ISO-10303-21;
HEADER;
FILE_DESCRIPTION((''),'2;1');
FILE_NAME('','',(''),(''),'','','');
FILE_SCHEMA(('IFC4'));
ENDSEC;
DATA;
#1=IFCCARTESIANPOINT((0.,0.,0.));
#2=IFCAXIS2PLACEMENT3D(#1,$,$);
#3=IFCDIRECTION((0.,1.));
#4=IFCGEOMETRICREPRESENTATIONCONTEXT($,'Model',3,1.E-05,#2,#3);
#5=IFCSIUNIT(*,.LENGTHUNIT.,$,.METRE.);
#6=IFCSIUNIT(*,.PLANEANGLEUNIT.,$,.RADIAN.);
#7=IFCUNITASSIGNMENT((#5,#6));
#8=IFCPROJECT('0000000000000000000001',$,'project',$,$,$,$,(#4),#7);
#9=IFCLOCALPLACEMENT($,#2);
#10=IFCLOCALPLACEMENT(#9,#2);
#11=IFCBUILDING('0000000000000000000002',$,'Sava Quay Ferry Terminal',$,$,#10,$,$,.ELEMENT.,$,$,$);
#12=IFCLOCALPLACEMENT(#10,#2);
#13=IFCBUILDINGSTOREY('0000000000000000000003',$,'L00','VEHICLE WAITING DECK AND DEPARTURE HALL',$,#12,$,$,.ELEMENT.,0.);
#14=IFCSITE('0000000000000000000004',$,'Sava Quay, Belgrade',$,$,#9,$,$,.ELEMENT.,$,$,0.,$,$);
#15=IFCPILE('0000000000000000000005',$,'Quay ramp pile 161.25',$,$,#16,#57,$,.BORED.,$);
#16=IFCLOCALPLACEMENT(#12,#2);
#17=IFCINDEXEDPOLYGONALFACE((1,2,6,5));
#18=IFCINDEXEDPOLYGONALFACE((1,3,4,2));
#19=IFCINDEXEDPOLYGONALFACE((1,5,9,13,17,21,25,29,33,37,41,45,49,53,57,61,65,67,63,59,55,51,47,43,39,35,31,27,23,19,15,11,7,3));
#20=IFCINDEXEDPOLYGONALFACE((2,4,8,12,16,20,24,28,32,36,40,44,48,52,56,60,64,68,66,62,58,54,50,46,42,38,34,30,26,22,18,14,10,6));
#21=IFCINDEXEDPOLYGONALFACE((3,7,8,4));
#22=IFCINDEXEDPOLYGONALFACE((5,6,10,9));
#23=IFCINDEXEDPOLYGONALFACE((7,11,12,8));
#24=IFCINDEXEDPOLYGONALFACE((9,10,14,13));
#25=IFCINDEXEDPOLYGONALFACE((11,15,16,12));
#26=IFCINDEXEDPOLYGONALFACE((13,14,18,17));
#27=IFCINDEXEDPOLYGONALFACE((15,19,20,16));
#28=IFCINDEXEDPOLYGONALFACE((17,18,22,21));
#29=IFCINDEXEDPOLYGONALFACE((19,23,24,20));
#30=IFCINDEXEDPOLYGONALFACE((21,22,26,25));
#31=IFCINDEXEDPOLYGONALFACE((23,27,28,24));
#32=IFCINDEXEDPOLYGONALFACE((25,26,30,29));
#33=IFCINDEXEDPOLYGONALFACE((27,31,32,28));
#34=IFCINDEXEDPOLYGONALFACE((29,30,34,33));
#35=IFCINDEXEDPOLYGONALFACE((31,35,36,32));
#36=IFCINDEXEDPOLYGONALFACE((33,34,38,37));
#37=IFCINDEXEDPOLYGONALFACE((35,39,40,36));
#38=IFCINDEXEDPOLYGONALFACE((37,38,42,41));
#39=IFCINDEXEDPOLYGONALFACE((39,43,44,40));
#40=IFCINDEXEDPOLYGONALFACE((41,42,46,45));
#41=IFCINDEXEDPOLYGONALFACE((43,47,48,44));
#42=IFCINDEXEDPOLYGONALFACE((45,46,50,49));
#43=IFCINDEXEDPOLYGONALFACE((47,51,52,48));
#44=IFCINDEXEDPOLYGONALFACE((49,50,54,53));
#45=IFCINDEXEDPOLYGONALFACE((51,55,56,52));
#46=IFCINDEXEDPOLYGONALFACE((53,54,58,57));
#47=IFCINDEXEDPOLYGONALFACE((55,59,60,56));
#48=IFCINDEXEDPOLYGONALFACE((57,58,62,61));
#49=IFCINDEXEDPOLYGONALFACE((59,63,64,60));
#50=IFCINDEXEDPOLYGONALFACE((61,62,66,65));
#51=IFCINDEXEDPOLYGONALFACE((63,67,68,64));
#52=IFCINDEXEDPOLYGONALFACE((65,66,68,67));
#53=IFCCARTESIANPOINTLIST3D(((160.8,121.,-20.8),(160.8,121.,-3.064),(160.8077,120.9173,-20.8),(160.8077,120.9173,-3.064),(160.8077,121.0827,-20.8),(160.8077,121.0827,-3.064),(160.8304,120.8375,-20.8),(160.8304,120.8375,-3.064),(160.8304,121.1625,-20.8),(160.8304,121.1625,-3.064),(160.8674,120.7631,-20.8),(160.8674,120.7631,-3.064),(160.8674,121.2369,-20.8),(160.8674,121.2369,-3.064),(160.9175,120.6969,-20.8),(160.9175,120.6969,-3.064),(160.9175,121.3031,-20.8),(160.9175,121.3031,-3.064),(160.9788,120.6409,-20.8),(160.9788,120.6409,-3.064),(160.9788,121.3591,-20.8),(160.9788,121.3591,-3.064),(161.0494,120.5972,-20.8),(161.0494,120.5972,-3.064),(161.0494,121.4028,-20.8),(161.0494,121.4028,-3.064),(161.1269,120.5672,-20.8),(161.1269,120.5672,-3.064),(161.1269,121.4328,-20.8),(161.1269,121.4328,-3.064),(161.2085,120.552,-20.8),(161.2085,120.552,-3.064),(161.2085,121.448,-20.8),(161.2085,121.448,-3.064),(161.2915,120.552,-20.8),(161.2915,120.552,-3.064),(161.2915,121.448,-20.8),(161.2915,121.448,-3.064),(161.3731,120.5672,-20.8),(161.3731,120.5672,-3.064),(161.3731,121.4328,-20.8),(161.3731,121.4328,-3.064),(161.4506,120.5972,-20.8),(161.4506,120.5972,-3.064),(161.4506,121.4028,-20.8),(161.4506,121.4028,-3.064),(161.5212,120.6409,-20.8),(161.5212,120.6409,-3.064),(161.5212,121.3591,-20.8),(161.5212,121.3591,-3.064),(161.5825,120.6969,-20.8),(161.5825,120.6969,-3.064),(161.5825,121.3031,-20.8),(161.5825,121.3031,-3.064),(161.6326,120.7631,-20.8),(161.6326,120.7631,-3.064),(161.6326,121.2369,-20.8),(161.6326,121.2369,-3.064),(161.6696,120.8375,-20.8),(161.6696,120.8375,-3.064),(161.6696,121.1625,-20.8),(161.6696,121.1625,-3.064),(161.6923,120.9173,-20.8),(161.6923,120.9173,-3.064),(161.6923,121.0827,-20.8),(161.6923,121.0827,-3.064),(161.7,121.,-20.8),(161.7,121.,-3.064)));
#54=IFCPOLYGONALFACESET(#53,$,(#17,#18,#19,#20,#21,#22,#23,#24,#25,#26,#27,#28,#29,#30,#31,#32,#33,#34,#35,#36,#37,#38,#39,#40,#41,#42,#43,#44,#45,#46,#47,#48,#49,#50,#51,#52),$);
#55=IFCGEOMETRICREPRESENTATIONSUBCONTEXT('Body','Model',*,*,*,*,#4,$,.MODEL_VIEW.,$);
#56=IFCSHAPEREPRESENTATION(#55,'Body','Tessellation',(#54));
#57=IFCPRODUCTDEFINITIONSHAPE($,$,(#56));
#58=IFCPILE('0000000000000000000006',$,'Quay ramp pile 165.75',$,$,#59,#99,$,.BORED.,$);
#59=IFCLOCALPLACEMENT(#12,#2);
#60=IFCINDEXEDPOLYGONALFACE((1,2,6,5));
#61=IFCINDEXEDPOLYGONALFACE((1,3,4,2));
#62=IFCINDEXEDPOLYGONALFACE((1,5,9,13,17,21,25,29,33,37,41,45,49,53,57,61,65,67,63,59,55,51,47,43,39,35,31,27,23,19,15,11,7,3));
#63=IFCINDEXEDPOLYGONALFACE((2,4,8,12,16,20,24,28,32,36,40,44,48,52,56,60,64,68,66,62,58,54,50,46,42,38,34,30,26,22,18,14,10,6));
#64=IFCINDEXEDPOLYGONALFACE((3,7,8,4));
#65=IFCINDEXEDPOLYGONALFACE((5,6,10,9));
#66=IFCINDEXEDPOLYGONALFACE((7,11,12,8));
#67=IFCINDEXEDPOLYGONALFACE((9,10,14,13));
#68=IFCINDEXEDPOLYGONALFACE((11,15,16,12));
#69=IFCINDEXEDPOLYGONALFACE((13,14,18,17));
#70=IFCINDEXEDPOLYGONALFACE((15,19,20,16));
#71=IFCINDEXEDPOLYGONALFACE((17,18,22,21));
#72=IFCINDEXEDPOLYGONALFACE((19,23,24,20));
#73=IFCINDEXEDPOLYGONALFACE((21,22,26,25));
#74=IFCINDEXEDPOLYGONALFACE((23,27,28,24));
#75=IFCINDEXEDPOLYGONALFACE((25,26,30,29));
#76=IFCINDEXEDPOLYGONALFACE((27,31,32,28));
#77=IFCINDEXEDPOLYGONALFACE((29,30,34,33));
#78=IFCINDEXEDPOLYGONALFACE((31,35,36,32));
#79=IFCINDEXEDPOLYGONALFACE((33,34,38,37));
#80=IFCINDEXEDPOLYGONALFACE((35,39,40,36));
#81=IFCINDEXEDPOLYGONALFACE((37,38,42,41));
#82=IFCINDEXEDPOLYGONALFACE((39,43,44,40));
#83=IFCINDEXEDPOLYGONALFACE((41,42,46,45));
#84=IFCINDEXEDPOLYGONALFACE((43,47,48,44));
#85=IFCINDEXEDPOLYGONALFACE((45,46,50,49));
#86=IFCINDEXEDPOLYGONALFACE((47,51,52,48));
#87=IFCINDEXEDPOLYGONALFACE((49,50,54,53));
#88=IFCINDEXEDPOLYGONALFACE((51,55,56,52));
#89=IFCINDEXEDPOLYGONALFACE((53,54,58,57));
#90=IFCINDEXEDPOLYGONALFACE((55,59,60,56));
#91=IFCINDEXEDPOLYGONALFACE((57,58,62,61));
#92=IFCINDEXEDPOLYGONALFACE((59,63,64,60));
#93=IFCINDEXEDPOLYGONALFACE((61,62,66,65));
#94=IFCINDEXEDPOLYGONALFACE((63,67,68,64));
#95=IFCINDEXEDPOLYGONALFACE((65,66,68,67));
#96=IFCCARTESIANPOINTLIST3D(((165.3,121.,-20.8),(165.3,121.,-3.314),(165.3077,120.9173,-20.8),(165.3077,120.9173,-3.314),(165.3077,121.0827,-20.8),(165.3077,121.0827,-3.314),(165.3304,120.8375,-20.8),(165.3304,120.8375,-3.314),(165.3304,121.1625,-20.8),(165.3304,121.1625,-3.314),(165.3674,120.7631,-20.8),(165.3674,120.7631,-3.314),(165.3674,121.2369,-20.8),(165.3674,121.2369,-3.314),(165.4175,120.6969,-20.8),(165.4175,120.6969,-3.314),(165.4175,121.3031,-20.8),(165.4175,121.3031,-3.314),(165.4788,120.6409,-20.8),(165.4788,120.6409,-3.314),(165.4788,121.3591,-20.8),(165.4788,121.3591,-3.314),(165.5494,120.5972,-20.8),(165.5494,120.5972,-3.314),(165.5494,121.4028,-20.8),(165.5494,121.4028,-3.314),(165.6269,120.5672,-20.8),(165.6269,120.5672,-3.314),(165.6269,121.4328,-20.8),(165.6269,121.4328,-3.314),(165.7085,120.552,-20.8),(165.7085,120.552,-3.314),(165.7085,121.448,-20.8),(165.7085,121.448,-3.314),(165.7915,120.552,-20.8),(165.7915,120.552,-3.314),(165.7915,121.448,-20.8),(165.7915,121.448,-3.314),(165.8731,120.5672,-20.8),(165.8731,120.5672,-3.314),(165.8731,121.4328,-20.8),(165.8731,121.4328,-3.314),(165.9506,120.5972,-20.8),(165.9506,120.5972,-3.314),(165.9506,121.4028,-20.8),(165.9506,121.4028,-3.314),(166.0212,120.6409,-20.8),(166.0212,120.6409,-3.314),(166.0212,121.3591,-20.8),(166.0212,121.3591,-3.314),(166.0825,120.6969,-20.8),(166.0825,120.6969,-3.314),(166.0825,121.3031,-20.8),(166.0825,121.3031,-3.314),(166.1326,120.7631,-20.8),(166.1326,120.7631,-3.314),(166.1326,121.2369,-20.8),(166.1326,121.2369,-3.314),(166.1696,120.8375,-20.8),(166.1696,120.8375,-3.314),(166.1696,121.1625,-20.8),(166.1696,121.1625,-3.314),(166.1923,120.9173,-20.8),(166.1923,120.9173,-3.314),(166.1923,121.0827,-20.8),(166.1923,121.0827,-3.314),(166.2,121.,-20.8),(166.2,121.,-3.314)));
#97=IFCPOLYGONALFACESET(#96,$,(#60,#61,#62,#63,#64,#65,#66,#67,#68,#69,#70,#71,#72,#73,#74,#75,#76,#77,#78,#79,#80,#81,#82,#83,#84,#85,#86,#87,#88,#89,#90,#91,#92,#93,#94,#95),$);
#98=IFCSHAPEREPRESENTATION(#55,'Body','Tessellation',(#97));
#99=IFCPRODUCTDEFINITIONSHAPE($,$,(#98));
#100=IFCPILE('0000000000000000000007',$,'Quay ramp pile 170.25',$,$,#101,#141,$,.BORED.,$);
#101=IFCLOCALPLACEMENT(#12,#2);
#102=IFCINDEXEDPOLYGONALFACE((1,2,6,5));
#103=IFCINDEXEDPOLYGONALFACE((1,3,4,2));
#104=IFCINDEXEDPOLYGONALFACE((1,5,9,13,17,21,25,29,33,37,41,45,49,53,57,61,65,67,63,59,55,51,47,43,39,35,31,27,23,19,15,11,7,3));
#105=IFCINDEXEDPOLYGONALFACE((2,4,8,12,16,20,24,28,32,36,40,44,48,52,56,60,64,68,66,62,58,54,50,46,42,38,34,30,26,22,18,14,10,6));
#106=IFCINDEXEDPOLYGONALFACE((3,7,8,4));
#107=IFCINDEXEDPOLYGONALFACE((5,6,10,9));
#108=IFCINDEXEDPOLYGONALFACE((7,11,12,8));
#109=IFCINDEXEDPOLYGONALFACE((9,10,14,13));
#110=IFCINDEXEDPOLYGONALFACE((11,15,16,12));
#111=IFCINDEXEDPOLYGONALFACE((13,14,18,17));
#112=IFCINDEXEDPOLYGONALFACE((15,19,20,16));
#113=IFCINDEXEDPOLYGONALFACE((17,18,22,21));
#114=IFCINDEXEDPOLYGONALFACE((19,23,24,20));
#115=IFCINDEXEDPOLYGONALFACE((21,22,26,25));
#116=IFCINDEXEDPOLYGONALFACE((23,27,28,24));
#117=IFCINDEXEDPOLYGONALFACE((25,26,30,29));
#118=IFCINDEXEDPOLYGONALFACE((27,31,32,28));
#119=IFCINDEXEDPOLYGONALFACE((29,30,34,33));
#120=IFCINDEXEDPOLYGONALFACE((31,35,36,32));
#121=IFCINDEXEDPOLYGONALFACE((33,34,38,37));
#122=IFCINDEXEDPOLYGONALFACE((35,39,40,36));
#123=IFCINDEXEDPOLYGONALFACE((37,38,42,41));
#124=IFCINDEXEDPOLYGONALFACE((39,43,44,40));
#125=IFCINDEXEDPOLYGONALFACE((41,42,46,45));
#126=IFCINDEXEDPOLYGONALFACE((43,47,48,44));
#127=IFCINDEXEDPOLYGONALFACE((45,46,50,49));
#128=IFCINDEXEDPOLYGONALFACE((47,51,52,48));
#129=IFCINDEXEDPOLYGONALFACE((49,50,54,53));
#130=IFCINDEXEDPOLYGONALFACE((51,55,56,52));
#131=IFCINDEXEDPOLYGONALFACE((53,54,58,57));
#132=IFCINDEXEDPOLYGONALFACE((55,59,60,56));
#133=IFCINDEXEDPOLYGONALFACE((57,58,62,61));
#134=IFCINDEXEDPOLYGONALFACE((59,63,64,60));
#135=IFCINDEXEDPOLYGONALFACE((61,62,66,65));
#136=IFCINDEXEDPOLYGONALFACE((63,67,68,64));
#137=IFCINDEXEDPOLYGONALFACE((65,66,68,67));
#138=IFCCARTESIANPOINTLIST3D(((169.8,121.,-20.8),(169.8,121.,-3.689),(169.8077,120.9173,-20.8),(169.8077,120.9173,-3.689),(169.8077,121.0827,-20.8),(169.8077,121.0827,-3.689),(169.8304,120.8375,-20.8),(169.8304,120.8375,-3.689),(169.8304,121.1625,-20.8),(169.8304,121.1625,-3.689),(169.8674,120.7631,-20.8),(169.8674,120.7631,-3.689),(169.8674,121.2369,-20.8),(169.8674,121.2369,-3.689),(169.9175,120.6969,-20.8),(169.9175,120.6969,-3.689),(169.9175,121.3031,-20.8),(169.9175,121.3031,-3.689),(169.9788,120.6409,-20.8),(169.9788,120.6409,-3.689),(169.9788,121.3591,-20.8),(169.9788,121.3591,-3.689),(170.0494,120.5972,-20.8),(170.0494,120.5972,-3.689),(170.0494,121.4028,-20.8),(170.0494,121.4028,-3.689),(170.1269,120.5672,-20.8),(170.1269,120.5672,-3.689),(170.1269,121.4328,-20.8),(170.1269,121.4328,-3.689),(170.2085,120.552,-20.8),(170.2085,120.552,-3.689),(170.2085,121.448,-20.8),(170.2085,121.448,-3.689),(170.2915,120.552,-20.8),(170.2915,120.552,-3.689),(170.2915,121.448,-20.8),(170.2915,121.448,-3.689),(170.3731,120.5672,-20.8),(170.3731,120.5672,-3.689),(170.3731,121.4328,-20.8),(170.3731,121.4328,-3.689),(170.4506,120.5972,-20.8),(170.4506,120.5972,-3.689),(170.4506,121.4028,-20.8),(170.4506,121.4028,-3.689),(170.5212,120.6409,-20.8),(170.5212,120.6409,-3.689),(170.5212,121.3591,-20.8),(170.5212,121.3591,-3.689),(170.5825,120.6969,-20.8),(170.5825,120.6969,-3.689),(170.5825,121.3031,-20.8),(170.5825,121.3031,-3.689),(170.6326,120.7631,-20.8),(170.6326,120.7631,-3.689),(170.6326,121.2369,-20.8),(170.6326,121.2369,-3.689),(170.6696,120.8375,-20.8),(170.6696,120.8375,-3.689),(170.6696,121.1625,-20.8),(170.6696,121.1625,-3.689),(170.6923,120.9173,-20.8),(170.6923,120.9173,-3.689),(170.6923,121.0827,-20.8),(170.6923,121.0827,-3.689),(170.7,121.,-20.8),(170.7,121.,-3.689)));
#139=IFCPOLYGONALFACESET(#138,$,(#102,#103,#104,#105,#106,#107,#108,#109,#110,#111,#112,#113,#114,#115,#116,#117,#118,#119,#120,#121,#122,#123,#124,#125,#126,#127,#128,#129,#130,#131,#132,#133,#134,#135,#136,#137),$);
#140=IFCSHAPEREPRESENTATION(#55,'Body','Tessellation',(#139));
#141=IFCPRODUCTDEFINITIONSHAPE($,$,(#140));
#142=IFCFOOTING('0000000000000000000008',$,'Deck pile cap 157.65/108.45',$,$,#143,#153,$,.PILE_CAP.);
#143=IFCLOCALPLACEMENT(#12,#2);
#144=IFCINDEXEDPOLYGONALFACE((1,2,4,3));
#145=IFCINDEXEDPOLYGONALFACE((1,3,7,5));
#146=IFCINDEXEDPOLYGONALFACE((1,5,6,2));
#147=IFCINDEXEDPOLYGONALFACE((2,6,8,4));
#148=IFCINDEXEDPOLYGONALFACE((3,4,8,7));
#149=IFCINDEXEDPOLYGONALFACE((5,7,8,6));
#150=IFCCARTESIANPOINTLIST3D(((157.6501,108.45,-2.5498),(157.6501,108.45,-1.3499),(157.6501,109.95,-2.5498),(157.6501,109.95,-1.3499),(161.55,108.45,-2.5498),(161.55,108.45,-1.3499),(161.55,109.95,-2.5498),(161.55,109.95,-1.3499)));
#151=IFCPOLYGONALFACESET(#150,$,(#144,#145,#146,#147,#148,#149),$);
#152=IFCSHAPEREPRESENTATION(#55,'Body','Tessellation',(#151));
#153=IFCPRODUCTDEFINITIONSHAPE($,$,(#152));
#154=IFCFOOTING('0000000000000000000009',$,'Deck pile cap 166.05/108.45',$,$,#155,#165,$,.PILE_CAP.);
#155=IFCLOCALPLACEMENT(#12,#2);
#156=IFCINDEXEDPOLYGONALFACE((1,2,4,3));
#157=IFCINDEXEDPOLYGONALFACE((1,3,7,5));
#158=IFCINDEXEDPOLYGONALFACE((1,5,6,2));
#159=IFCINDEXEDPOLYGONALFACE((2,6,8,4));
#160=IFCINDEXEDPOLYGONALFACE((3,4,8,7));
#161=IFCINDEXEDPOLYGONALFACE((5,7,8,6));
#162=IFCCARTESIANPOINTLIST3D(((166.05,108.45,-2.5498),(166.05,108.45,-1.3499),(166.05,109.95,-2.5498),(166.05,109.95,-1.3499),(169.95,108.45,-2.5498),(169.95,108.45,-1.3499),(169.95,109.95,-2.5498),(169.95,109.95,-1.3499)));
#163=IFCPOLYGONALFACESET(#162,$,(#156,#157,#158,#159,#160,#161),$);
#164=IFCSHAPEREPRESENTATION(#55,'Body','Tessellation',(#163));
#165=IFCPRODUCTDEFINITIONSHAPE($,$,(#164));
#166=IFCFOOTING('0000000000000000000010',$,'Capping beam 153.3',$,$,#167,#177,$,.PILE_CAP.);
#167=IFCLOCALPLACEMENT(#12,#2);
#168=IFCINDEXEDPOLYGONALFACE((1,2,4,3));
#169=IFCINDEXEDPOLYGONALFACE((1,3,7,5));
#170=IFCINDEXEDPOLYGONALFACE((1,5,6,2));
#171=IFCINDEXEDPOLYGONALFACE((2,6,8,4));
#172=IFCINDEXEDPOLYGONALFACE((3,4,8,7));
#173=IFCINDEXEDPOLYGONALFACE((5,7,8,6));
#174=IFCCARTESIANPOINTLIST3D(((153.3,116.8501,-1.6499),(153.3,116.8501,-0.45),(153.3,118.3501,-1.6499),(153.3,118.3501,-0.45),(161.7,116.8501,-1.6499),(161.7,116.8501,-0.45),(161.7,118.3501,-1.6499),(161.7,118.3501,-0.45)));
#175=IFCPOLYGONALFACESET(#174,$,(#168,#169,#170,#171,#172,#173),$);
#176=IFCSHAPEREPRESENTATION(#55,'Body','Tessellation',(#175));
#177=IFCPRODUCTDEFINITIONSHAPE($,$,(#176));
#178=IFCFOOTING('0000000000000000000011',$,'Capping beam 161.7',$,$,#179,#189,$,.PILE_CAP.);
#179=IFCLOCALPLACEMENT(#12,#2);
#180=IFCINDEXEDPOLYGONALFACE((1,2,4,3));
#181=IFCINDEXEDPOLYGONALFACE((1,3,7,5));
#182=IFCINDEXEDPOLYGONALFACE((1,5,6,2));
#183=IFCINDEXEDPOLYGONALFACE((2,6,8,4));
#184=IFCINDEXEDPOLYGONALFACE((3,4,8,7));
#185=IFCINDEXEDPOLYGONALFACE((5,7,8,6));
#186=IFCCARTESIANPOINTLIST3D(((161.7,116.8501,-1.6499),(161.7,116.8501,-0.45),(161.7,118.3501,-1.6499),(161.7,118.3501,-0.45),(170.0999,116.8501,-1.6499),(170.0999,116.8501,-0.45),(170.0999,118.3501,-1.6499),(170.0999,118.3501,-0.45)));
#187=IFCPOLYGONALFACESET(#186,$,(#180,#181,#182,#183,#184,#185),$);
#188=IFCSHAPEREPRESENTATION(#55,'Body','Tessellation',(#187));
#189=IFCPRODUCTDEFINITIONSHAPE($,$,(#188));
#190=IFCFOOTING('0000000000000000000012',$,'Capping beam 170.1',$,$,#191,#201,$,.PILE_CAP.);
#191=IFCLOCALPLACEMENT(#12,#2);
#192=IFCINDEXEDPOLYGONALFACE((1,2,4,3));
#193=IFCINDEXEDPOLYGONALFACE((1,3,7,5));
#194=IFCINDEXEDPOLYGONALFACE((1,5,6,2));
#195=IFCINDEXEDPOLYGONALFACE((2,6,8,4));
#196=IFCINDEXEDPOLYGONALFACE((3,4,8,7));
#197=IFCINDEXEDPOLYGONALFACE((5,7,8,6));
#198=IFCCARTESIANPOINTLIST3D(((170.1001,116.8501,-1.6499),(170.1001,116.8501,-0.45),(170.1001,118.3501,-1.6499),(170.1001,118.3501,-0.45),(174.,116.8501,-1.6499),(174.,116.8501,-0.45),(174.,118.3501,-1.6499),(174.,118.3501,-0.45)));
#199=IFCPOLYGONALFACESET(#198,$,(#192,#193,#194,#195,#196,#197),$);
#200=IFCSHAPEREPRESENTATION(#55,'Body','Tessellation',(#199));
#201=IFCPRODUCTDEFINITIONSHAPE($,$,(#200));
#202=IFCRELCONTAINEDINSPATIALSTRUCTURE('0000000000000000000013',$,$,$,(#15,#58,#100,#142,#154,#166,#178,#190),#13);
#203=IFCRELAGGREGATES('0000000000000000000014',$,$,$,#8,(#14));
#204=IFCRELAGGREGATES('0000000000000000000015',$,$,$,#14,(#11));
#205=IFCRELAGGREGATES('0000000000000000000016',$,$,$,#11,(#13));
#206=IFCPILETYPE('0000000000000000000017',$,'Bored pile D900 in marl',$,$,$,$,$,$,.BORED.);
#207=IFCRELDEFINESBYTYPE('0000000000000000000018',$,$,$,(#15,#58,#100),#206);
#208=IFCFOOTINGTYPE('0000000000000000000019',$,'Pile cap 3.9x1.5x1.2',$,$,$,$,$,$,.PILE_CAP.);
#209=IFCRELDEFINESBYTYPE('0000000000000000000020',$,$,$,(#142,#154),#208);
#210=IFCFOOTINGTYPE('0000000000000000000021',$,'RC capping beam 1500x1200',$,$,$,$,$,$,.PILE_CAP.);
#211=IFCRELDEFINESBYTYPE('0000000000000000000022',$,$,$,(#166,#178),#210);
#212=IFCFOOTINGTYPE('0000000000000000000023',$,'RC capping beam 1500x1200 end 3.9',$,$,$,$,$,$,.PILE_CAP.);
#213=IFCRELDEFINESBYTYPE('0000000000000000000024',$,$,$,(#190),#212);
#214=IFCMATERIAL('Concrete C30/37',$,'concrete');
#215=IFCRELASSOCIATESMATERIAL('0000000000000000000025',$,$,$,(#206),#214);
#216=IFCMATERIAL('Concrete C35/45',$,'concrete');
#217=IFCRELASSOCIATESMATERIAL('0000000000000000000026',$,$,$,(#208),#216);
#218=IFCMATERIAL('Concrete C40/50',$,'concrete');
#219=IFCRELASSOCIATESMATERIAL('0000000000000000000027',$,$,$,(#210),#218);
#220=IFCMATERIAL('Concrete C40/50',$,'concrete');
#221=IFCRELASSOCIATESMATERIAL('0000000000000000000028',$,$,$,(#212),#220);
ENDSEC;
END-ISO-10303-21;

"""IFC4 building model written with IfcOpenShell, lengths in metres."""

from ifc_helpers import new_model, si_unit, direction, frame, origin, origin_2d, place, context, subcontext, project, spatial, rectangle, circle, extrude, material, material_profile, profile_set, type_object, element, save


model = new_model("IFC4")

# Units and contexts
model_context = context("Model", 3, precision=1e-05, world=origin(), true_north=direction((0.0, 1.0)))
body_context = subcontext(model_context, "Body", "Model", "MODEL_VIEW")
ifc_project = project(units=[si_unit("LENGTHUNIT", "METRE"), si_unit("PLANEANGLEUNIT", "RADIAN")], contexts=[model_context])

# Site, building, storey
site_placement = place(None, origin())
site = spatial("IfcSite", under=ifc_project, at=site_placement, Name="Sava Quay, Belgrade", CompositionType="ELEMENT", RefElevation=0.0)
building_placement = place(site_placement, origin())
building = spatial("IfcBuilding", under=site, at=building_placement, Name="Sava Quay Ferry Terminal", CompositionType="ELEMENT")
storey_placement = place(building_placement, origin())
storey = spatial("IfcBuildingStorey", under=building, at=storey_placement, Name="L00", Description="VEHICLE WAITING DECK AND DEPARTURE HALL", CompositionType="ELEMENT", Elevation=0.0)

# Piles
ifc_material_1 = material(Name="Concrete C30/37", Category="concrete")
ifc_material_profile_1 = material_profile(ifc_material_1, circle(Radius=0.45, at=origin_2d()), Name="Bored pile D900 in marl")
ifc_profile_set_1 = profile_set([ifc_material_profile_1], Name="Concrete C30/37")
pile_type_1 = type_object("IfcPileType", Name="Bored pile D900 in marl", PredefinedType="BORED", material=ifc_profile_set_1)
pile_1_placement = place(storey_placement, frame((161.25, 121.0, -3.064), z_axis=(0.0, 0.0, -1.0), x_axis=(1.0, 0.0, 0.0)))
element("IfcPile", 1, at=pile_1_placement, inside=storey, type_object=pile_type_1, Name="Quay ramp pile 161.25", PredefinedType="BORED", context=body_context, shape_type="SweptSolid", body=[
    extrude(circle(Radius=0.45, at=origin_2d()), origin(), (0.0, 0.0, 1.0), 17.7361),
])
pile_2_placement = place(storey_placement, frame((165.75, 121.0, -3.314), z_axis=(0.0, 0.0, -1.0), x_axis=(1.0, 0.0, 0.0)))
element("IfcPile", 2, at=pile_2_placement, inside=storey, type_object=pile_type_1, Name="Quay ramp pile 165.75", PredefinedType="BORED", context=body_context, shape_type="SweptSolid", body=[
    extrude(circle(Radius=0.45, at=origin_2d()), origin(), (0.0, 0.0, 1.0), 17.4861),
])
pile_3_placement = place(storey_placement, frame((170.25, 121.0, -3.689), z_axis=(0.0, 0.0, -1.0), x_axis=(1.0, 0.0, 0.0)))
element("IfcPile", 3, at=pile_3_placement, inside=storey, type_object=pile_type_1, Name="Quay ramp pile 170.25", PredefinedType="BORED", context=body_context, shape_type="SweptSolid", body=[
    extrude(circle(Radius=0.45, at=origin_2d()), origin(), (0.0, 0.0, 1.0), 17.1111),
])

# Footings
ifc_material_2 = material(Name="Concrete C35/45", Category="concrete")
footing_type_1 = type_object("IfcFootingType", Name="Pile cap 3.9x1.5x1.2", PredefinedType="PILE_CAP", material=ifc_material_2)
for number, where, z_axis, x_axis, name in (
    (4, (159.6001, 109.2, -2.5498), (0.0, 0.0, 1.0), (1.0, 0.0, 0.0), "Deck pile cap 157.65/108.45"),
    (5, (168.0, 109.2, -2.5498), (0.0, 0.0, 1.0), (1.0, 0.0, 0.0), "Deck pile cap 166.05/108.45"),
):
    element("IfcFooting", number, at=place(storey_placement, frame(where, z_axis=z_axis, x_axis=x_axis)), inside=storey, type_object=footing_type_1, Name=name, PredefinedType="PILE_CAP", context=body_context, shape_type="SweptSolid", body=[
        extrude(rectangle(XDim=3.8999, YDim=1.5, at=origin_2d()), origin(), (0.0, 0.0, 1.0), 1.2),
    ])
ifc_material_3 = material(Name="Concrete C40/50", Category="concrete")
footing_type_2 = type_object("IfcFootingType", Name="RC capping beam 1500x1200", PredefinedType="PILE_CAP", material=ifc_material_3)
for number, where, z_axis, x_axis, name in (
    (6, (157.5, 117.6001, -1.6499), (0.0, 0.0, 1.0), (1.0, 0.0, 0.0), "Capping beam 153.3"),
    (7, (165.8999, 117.6001, -1.6499), (0.0, 0.0, 1.0), (1.0, 0.0, 0.0), "Capping beam 161.7"),
):
    element("IfcFooting", number, at=place(storey_placement, frame(where, z_axis=z_axis, x_axis=x_axis)), inside=storey, type_object=footing_type_2, Name=name, PredefinedType="PILE_CAP", context=body_context, shape_type="SweptSolid", body=[
        extrude(rectangle(XDim=8.3999, YDim=1.5, at=origin_2d()), origin(), (0.0, 0.0, 1.0), 1.2),
    ])
ifc_material_4 = material(Name="Concrete C40/50", Category="concrete")
footing_type_3 = type_object("IfcFootingType", Name="RC capping beam 1500x1200 end 3.9", PredefinedType="PILE_CAP", material=ifc_material_4)
footing_placement = place(storey_placement, frame((172.05, 117.6001, -1.6499), z_axis=(0.0, 0.0, 1.0), x_axis=(1.0, 0.0, 0.0)))
element("IfcFooting", 8, at=footing_placement, inside=storey, type_object=footing_type_3, Name="Capping beam 170.1", PredefinedType="PILE_CAP", context=body_context, shape_type="SweptSolid", body=[
    extrude(rectangle(XDim=3.8999, YDim=1.5, at=origin_2d()), origin(), (0.0, 0.0, 1.0), 1.2),
])

save(model, "model.ifc")
